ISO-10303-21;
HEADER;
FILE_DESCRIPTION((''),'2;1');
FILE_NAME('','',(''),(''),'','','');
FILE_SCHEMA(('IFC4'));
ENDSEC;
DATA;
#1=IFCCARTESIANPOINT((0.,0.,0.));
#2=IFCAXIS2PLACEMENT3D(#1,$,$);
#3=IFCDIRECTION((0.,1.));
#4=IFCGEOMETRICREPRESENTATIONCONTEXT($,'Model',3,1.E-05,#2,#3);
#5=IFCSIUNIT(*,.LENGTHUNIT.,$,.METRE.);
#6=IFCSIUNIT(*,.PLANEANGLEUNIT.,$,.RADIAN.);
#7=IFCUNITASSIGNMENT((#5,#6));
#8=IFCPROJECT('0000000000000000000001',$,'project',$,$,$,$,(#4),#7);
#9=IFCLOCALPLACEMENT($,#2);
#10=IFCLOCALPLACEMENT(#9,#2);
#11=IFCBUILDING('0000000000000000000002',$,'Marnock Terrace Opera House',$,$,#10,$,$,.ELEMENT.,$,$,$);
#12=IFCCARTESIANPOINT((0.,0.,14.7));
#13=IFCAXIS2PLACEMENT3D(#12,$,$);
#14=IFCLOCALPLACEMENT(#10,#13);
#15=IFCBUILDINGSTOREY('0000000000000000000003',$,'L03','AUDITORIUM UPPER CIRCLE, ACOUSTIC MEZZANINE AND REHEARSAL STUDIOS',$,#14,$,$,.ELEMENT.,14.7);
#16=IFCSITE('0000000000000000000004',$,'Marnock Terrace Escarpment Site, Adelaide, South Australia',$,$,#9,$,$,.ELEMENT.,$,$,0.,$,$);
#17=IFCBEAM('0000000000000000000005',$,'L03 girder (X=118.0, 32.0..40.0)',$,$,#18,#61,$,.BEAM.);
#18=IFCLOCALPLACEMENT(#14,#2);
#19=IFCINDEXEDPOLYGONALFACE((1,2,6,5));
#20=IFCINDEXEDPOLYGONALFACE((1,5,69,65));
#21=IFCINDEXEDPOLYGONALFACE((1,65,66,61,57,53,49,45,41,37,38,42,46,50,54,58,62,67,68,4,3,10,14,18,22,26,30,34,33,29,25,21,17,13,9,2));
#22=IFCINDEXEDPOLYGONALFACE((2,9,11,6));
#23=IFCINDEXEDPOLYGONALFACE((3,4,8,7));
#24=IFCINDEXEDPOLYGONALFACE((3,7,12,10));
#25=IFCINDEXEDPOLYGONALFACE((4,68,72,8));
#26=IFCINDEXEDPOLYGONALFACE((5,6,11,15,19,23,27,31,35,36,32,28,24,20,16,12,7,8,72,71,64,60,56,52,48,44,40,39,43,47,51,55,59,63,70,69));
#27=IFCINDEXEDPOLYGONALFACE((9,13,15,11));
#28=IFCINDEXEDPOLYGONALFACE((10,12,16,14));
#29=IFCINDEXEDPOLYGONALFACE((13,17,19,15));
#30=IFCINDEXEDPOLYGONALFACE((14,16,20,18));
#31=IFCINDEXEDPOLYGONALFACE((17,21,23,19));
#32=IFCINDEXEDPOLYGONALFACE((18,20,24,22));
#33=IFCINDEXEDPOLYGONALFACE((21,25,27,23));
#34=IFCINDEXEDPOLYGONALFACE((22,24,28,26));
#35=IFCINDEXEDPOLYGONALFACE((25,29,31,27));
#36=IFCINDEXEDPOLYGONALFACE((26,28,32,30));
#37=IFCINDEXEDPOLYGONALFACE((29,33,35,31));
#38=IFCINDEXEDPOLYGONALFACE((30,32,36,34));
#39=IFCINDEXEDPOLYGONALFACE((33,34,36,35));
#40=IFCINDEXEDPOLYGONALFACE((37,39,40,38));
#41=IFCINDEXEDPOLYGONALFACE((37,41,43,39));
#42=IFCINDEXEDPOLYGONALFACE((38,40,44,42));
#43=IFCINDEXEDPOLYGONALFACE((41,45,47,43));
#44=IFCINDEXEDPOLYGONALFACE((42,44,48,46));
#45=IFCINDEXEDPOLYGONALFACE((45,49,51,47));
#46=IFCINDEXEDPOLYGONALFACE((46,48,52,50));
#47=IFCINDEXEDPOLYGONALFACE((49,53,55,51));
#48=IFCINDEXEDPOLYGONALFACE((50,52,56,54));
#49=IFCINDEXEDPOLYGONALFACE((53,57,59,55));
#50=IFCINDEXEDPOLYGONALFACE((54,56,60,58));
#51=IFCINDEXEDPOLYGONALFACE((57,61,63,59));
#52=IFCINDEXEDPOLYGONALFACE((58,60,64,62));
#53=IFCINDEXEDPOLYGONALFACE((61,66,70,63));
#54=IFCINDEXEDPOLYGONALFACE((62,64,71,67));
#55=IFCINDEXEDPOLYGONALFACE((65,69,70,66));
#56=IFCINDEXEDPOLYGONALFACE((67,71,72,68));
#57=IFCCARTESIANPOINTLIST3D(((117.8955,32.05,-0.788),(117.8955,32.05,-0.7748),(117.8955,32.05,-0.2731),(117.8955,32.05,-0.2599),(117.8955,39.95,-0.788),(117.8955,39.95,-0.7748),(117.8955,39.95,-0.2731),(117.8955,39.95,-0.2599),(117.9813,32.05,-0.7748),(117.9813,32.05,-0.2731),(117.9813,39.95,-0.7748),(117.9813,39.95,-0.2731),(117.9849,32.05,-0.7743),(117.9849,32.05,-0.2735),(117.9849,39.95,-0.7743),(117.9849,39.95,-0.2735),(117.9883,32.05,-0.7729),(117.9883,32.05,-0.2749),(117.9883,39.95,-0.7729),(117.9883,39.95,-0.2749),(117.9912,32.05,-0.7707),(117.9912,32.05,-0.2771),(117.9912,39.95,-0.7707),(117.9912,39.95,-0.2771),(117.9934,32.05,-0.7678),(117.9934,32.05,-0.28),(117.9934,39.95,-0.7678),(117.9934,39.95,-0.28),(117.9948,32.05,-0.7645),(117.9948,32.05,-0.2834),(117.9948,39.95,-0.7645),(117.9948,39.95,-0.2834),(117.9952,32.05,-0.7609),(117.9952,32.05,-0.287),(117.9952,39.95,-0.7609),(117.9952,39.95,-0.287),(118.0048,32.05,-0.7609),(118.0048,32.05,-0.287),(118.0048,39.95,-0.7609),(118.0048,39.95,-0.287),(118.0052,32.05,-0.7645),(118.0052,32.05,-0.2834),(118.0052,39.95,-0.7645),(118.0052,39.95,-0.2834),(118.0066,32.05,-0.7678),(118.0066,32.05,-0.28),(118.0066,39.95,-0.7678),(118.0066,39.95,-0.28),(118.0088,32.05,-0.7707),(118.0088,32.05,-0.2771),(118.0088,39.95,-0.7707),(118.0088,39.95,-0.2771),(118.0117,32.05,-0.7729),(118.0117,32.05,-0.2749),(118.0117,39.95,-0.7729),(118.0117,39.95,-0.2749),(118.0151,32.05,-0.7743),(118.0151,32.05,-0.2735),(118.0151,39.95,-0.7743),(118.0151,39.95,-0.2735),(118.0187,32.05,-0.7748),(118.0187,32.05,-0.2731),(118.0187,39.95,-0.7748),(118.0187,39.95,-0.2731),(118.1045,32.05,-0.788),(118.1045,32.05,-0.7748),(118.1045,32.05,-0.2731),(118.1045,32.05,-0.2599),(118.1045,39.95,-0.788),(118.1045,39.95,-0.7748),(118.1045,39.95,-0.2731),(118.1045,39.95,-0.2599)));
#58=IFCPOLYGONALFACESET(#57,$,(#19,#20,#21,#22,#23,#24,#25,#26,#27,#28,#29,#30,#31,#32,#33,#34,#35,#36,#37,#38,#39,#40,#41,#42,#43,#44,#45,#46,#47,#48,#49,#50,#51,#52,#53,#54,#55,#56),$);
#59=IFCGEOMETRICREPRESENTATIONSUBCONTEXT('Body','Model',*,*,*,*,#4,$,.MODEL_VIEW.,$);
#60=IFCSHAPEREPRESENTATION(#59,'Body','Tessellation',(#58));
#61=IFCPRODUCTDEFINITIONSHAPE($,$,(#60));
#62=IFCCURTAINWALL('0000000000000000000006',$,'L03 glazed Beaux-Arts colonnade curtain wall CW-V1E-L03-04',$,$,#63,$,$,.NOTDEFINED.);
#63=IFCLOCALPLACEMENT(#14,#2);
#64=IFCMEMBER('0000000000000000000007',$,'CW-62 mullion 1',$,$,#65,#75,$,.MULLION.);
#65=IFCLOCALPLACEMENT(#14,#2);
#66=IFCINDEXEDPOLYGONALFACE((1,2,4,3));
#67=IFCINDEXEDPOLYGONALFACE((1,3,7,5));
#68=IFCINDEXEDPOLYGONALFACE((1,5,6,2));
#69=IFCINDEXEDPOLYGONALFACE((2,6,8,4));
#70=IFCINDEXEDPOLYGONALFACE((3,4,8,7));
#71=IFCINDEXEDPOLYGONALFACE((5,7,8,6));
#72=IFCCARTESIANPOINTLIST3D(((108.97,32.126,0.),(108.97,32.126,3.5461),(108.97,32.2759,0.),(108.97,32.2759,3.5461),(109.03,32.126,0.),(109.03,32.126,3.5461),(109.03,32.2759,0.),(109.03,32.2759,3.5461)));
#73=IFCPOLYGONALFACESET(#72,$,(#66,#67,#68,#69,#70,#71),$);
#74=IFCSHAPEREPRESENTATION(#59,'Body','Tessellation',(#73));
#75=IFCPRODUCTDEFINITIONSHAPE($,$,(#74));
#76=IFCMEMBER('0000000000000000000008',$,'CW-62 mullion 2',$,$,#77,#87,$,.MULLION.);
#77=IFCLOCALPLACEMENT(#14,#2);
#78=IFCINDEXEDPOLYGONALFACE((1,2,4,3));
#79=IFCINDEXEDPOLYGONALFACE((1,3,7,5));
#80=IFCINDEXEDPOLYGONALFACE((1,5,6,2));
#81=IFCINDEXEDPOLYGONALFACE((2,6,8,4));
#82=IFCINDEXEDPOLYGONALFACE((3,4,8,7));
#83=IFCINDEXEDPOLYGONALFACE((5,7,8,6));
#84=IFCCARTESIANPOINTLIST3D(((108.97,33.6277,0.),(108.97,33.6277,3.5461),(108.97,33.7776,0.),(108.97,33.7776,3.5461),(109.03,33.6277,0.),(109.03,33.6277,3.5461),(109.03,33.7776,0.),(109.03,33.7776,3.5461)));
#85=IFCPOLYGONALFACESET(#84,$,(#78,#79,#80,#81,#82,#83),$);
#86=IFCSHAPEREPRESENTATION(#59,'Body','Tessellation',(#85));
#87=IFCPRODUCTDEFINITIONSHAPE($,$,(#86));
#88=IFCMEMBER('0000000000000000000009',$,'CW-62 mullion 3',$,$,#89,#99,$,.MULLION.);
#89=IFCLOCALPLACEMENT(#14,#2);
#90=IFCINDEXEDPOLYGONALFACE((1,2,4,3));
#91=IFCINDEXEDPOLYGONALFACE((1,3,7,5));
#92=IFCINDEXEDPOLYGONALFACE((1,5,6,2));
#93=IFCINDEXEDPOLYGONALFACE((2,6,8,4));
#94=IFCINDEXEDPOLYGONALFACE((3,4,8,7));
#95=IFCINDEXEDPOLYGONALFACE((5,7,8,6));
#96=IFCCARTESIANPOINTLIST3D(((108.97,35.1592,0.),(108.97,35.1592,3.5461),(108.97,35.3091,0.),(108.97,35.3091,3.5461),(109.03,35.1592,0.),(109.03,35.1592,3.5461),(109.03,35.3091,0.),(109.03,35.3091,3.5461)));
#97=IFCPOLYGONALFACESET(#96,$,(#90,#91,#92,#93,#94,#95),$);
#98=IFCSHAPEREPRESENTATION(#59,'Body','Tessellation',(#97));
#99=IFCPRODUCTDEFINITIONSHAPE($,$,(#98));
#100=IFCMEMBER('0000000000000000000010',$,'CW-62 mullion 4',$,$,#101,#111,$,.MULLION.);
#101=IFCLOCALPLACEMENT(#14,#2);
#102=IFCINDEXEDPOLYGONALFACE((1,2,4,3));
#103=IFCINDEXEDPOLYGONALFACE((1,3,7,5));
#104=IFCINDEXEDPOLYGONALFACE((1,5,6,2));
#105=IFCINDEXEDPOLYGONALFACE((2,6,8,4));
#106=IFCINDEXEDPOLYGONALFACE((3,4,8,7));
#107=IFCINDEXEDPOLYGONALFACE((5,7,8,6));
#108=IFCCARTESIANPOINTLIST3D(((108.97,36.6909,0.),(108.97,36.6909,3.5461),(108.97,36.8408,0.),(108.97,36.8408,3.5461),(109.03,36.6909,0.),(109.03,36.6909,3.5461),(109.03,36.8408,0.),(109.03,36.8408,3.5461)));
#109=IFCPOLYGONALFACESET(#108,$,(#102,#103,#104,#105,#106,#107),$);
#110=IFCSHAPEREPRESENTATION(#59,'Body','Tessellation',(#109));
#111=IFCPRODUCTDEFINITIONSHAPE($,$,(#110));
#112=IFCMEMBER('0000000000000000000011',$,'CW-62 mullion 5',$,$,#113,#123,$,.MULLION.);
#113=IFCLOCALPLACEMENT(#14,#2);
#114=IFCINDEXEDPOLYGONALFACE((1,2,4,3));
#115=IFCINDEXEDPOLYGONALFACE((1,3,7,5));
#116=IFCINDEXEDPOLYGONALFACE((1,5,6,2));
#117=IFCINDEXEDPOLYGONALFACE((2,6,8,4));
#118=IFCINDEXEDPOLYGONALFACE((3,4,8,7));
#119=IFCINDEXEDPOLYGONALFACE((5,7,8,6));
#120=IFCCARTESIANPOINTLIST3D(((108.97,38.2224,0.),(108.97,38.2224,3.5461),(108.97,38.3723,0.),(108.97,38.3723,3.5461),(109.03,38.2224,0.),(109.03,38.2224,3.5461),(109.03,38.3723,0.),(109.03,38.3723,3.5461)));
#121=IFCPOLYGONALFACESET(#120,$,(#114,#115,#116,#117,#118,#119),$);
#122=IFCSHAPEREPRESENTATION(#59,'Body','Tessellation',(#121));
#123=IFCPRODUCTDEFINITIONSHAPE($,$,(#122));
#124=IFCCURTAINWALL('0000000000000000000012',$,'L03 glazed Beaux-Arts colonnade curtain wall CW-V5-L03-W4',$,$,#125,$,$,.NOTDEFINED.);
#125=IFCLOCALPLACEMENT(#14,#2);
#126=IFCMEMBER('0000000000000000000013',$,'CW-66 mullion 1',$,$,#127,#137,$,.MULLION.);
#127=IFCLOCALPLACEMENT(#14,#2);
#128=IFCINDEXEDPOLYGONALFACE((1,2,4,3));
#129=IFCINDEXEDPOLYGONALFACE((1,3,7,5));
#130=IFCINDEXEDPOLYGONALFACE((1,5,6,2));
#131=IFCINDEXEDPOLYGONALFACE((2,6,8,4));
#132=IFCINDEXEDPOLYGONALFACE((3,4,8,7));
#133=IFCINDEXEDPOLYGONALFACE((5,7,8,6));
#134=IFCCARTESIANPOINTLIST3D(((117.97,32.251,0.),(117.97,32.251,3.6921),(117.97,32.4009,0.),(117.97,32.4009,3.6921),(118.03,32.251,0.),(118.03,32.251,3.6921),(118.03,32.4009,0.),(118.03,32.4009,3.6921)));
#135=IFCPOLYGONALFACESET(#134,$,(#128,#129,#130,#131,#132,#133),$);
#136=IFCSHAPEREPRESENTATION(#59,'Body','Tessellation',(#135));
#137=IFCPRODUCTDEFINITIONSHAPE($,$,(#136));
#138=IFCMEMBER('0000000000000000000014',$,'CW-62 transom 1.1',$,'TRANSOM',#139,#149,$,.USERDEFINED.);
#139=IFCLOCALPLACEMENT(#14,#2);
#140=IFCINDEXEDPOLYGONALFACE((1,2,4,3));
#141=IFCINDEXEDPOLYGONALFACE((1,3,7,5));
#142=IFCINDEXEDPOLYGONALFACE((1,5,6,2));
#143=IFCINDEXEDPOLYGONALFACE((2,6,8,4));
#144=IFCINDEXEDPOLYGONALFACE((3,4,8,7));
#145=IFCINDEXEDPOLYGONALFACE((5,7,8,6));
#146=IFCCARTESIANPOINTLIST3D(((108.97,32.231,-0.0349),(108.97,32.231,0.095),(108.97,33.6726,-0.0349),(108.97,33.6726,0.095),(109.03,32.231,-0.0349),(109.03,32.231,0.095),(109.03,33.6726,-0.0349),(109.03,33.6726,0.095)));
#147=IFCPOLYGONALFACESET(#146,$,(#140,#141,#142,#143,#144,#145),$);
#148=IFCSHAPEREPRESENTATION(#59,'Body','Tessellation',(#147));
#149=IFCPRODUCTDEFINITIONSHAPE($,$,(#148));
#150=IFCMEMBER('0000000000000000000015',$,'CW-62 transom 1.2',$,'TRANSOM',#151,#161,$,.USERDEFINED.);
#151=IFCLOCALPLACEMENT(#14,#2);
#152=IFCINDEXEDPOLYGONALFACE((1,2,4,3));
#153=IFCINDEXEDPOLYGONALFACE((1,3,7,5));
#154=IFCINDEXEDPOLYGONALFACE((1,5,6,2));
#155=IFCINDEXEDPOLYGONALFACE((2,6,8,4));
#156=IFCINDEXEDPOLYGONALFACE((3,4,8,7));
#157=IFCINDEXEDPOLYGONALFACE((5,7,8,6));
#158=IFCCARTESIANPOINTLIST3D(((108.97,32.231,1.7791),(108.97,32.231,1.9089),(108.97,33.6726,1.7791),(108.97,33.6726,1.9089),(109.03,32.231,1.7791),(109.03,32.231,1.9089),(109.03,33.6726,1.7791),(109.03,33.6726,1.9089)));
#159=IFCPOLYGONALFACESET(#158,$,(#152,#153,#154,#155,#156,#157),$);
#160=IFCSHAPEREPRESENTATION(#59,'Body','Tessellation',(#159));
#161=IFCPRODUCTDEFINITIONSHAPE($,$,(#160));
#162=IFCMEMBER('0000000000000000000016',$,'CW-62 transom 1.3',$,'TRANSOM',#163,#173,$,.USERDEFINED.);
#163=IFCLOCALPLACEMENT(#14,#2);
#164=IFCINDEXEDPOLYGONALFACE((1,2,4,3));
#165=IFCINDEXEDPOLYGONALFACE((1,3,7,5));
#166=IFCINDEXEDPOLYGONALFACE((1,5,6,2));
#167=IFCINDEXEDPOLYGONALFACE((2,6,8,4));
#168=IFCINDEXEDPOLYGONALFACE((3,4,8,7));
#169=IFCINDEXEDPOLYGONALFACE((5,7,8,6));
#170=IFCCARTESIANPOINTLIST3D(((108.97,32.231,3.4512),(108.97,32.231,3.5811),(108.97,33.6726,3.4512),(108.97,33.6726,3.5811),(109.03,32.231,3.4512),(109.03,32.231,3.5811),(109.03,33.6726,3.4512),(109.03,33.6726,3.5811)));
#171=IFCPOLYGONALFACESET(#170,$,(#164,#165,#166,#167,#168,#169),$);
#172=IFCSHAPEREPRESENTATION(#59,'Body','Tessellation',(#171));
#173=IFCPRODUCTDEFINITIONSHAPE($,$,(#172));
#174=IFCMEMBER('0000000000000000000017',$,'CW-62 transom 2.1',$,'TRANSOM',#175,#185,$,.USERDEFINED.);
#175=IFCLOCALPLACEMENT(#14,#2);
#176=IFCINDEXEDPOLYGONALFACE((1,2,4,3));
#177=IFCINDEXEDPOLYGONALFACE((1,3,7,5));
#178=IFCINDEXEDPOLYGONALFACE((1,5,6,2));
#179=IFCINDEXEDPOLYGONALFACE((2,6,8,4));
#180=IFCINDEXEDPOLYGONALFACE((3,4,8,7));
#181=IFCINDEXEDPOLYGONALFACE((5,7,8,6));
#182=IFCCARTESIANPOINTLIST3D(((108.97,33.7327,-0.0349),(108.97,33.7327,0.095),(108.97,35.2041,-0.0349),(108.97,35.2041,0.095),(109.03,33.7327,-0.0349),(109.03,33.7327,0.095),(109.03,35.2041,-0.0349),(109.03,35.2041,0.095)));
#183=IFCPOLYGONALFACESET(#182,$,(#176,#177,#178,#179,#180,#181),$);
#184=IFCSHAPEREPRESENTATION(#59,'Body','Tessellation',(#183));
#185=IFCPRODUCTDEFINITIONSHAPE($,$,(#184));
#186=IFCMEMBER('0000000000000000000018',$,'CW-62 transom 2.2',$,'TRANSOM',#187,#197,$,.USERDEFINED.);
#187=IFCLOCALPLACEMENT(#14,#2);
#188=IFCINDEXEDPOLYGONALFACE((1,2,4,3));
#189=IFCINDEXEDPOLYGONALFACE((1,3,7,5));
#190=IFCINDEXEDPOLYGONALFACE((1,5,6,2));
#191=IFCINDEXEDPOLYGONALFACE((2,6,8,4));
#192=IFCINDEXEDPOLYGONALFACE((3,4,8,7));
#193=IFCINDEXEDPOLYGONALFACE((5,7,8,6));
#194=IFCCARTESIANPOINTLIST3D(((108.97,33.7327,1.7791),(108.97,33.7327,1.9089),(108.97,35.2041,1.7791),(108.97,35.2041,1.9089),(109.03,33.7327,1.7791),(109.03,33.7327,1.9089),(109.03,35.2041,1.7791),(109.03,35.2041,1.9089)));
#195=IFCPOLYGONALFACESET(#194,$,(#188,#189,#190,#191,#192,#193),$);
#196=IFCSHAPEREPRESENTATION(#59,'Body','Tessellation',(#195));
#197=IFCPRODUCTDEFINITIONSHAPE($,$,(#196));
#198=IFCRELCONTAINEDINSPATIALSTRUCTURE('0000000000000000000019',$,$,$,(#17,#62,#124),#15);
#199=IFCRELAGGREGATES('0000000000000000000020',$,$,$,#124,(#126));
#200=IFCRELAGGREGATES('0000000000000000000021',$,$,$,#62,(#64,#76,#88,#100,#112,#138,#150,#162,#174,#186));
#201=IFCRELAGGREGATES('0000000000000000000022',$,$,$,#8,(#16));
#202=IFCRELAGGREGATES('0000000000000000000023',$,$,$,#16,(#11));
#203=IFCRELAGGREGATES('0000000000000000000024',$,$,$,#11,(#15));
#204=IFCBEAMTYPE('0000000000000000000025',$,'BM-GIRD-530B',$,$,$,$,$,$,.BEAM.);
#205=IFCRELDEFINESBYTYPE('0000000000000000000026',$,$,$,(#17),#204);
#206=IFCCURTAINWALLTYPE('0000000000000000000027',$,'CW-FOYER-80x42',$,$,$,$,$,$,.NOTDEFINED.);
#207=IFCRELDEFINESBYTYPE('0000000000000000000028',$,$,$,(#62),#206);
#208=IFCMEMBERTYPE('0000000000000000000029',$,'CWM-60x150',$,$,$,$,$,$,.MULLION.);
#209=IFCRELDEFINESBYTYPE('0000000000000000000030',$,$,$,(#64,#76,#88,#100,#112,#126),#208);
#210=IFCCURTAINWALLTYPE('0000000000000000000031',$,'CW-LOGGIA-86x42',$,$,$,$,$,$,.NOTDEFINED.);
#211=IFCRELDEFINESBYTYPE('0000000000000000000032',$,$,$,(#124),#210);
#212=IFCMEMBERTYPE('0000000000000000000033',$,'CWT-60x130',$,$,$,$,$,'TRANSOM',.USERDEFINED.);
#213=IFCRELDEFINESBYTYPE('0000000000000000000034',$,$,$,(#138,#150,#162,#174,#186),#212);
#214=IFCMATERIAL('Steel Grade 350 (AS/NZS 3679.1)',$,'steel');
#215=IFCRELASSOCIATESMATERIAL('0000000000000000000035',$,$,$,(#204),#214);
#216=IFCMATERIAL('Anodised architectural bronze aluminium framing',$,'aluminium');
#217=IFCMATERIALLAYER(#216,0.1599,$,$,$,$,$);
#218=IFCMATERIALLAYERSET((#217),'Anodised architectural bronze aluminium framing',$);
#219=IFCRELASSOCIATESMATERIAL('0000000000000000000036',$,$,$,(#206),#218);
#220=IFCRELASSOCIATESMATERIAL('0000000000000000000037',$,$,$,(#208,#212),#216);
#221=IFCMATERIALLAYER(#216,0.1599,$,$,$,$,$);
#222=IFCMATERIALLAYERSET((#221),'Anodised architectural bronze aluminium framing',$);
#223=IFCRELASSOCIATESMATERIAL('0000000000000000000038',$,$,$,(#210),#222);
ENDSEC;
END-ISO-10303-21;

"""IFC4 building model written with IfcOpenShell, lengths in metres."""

from ifc_helpers import new_model, si_unit, direction, frame, origin, origin_2d, place, context, subcontext, project, spatial, rectangle, i_section, extrude, material, layer, layer_set, material_profile, profile_set, type_object, element, aggregate, save


model = new_model("IFC4")

# Units and contexts
model_context = context("Model", 3, precision=1e-05, world=origin(), true_north=direction((0.0, 1.0)))
body_context = subcontext(model_context, "Body", "Model", "MODEL_VIEW")
ifc_project = project(units=[si_unit("LENGTHUNIT", "METRE"), si_unit("PLANEANGLEUNIT", "RADIAN")], contexts=[model_context])

# Site, building, storey
site_placement = place(None, origin())
site = spatial("IfcSite", under=ifc_project, at=site_placement, Name="Marnock Terrace Escarpment Site, Adelaide, South Australia", CompositionType="ELEMENT", RefElevation=0.0)
building_placement = place(site_placement, origin())
building = spatial("IfcBuilding", under=site, at=building_placement, Name="Marnock Terrace Opera House", CompositionType="ELEMENT")
storey_placement = place(building_placement, frame((0.0, 0.0, 14.7)))
storey = spatial("IfcBuildingStorey", under=building, at=storey_placement, Name="L03", Description="AUDITORIUM UPPER CIRCLE, ACOUSTIC MEZZANINE AND REHEARSAL STUDIOS", CompositionType="ELEMENT", Elevation=14.7)

# Beam
ifc_material_1 = material(Name="Steel Grade 350 (AS/NZS 3679.1)", Category="steel")
ifc_material_profile_1 = material_profile(ifc_material_1, i_section(OverallWidth=0.209, OverallDepth=0.5281, WebThickness=0.0095, FlangeThickness=0.0132, FilletRadius=0.0139, at=origin_2d()))
ifc_profile_set_1 = profile_set([ifc_material_profile_1], Name="Steel Grade 350 (AS/NZS 3679.1)")
beam_type = type_object("IfcBeamType", Name="BM-GIRD-530B", PredefinedType="BEAM", material=ifc_profile_set_1)
beam_placement = place(storey_placement, frame((118.0, 32.05, -0.5239), z_axis=(0.0, 1.0, 0.0), x_axis=(-1.0, 0.0, 0.0)))
element("IfcBeam", 1, at=beam_placement, inside=storey, type_object=beam_type, Name="L03 girder (X=118.0, 32.0..40.0)", PredefinedType="BEAM", context=body_context, shape_type="SweptSolid", body=[
    extrude(i_section(OverallWidth=0.209, OverallDepth=0.5281, WebThickness=0.0095, FlangeThickness=0.0132, FilletRadius=0.0139, at=origin_2d()), origin(), (0.0, 0.0, 1.0), 7.8999),
])

# Curtain wall, members
ifc_material_2 = material(Name="Anodised architectural bronze aluminium framing", Category="aluminium")
ifc_layer_1 = layer(ifc_material_2, 0.1599)
ifc_layer_set_1 = layer_set([ifc_layer_1], Name="Anodised architectural bronze aluminium framing")
curtain_wall_type_1 = type_object("IfcCurtainWallType", Name="CW-FOYER-80x42", PredefinedType="NOTDEFINED", material=ifc_layer_set_1)
curtain_wall_1_placement = place(storey_placement, origin())
curtain_wall_1 = element("IfcCurtainWall", 2, at=curtain_wall_1_placement, inside=storey, type_object=curtain_wall_type_1, Name="L03 glazed Beaux-Arts colonnade curtain wall CW-V1E-L03-04", PredefinedType="NOTDEFINED")
ifc_material_profile_2 = material_profile(ifc_material_2, rectangle(XDim=0.0601, YDim=0.1499, at=origin_2d()))
ifc_profile_set_2 = profile_set([ifc_material_profile_2], Name="Anodised architectural bronze aluminium framing")
member_type_1 = type_object("IfcMemberType", Name="CWM-60x150", PredefinedType="MULLION", material=ifc_profile_set_2)
member_1_placement = place(storey_placement, frame((109.0, 32.2009, 0.0), z_axis=(0.0, 0.0, 1.0), x_axis=(-1.0, 0.0, 0.0)))
member_1 = element("IfcMember", 3, at=member_1_placement, type_object=member_type_1, Name="CW-62 mullion 1", PredefinedType="MULLION", context=body_context, shape_type="SweptSolid", body=[
    extrude(rectangle(XDim=0.0601, YDim=0.1499, at=origin_2d()), origin(), (0.0, 0.0, 1.0), 3.5461),
])
member_2_placement = place(storey_placement, frame((109.0, 33.7026, 0.0), z_axis=(0.0, 0.0, 1.0), x_axis=(-1.0, 0.0, 0.0)))
member_2 = element("IfcMember", 4, at=member_2_placement, type_object=member_type_1, Name="CW-62 mullion 2", PredefinedType="MULLION", context=body_context, shape_type="SweptSolid", body=[
    extrude(rectangle(XDim=0.0601, YDim=0.1499, at=origin_2d()), origin(), (0.0, 0.0, 1.0), 3.5461),
])
member_3_placement = place(storey_placement, frame((109.0, 35.2341, 0.0), z_axis=(0.0, 0.0, 1.0), x_axis=(-1.0, 0.0, 0.0)))
member_3 = element("IfcMember", 5, at=member_3_placement, type_object=member_type_1, Name="CW-62 mullion 3", PredefinedType="MULLION", context=body_context, shape_type="SweptSolid", body=[
    extrude(rectangle(XDim=0.0601, YDim=0.1499, at=origin_2d()), origin(), (0.0, 0.0, 1.0), 3.5461),
])
member_4_placement = place(storey_placement, frame((109.0, 36.7659, 0.0), z_axis=(0.0, 0.0, 1.0), x_axis=(-1.0, 0.0, 0.0)))
member_4 = element("IfcMember", 6, at=member_4_placement, type_object=member_type_1, Name="CW-62 mullion 4", PredefinedType="MULLION", context=body_context, shape_type="SweptSolid", body=[
    extrude(rectangle(XDim=0.0601, YDim=0.1499, at=origin_2d()), origin(), (0.0, 0.0, 1.0), 3.5461),
])
member_5_placement = place(storey_placement, frame((109.0, 38.2974, 0.0), z_axis=(0.0, 0.0, 1.0), x_axis=(-1.0, 0.0, 0.0)))
member_5 = element("IfcMember", 7, at=member_5_placement, type_object=member_type_1, Name="CW-62 mullion 5", PredefinedType="MULLION", context=body_context, shape_type="SweptSolid", body=[
    extrude(rectangle(XDim=0.0601, YDim=0.1499, at=origin_2d()), origin(), (0.0, 0.0, 1.0), 3.5461),
])

# Curtain wall, member
ifc_layer_2 = layer(ifc_material_2, 0.1599)
ifc_layer_set_2 = layer_set([ifc_layer_2], Name="Anodised architectural bronze aluminium framing")
curtain_wall_type_2 = type_object("IfcCurtainWallType", Name="CW-LOGGIA-86x42", PredefinedType="NOTDEFINED", material=ifc_layer_set_2)
curtain_wall_2_placement = place(storey_placement, origin())
curtain_wall_2 = element("IfcCurtainWall", 8, at=curtain_wall_2_placement, inside=storey, type_object=curtain_wall_type_2, Name="L03 glazed Beaux-Arts colonnade curtain wall CW-V5-L03-W4", PredefinedType="NOTDEFINED")
member_6_placement = place(storey_placement, frame((118.0, 32.3259, 0.0), z_axis=(0.0, 0.0, 1.0), x_axis=(-1.0, 0.0, 0.0)))
member_6 = element("IfcMember", 9, at=member_6_placement, type_object=member_type_1, Name="CW-66 mullion 1", PredefinedType="MULLION", context=body_context, shape_type="SweptSolid", body=[
    extrude(rectangle(XDim=0.0601, YDim=0.1499, at=origin_2d()), origin(), (0.0, 0.0, 1.0), 3.6921),
])

# Members
ifc_material_profile_3 = material_profile(ifc_material_2, rectangle(XDim=0.0601, YDim=0.1299, at=origin_2d()))
ifc_profile_set_3 = profile_set([ifc_material_profile_3], Name="Anodised architectural bronze aluminium framing")
member_type_2 = type_object("IfcMemberType", Name="CWT-60x130", ElementType="TRANSOM", PredefinedType="USERDEFINED", material=ifc_profile_set_3)
member_7_placement = place(storey_placement, frame((109.0, 32.231, 0.03), z_axis=(0.0, 1.0, 0.0), x_axis=(-1.0, 0.0, 0.0)))
member_7 = element("IfcMember", 10, at=member_7_placement, type_object=member_type_2, Name="CW-62 transom 1.1", ObjectType="TRANSOM", PredefinedType="USERDEFINED", context=body_context, shape_type="SweptSolid", body=[
    extrude(rectangle(XDim=0.0601, YDim=0.1299, at=origin_2d()), origin(), (0.0, 0.0, 1.0), 1.4417),
])
member_8_placement = place(storey_placement, frame((109.0, 32.231, 1.844), z_axis=(0.0, 1.0, 0.0), x_axis=(-1.0, 0.0, 0.0)))
member_8 = element("IfcMember", 11, at=member_8_placement, type_object=member_type_2, Name="CW-62 transom 1.2", ObjectType="TRANSOM", PredefinedType="USERDEFINED", context=body_context, shape_type="SweptSolid", body=[
    extrude(rectangle(XDim=0.0601, YDim=0.1299, at=origin_2d()), origin(), (0.0, 0.0, 1.0), 1.4417),
])
member_9_placement = place(storey_placement, frame((109.0, 32.231, 3.5161), z_axis=(0.0, 1.0, 0.0), x_axis=(-1.0, 0.0, 0.0)))
member_9 = element("IfcMember", 12, at=member_9_placement, type_object=member_type_2, Name="CW-62 transom 1.3", ObjectType="TRANSOM", PredefinedType="USERDEFINED", context=body_context, shape_type="SweptSolid", body=[
    extrude(rectangle(XDim=0.0601, YDim=0.1299, at=origin_2d()), origin(), (0.0, 0.0, 1.0), 1.4417),
])
member_10_placement = place(storey_placement, frame((109.0, 33.7327, 0.03), z_axis=(0.0, 1.0, 0.0), x_axis=(-1.0, 0.0, 0.0)))
member_10 = element("IfcMember", 13, at=member_10_placement, type_object=member_type_2, Name="CW-62 transom 2.1", ObjectType="TRANSOM", PredefinedType="USERDEFINED", context=body_context, shape_type="SweptSolid", body=[
    extrude(rectangle(XDim=0.0601, YDim=0.1299, at=origin_2d()), origin(), (0.0, 0.0, 1.0), 1.4714),
])
member_11_placement = place(storey_placement, frame((109.0, 33.7327, 1.844), z_axis=(0.0, 1.0, 0.0), x_axis=(-1.0, 0.0, 0.0)))
member_11 = element("IfcMember", 14, at=member_11_placement, type_object=member_type_2, Name="CW-62 transom 2.2", ObjectType="TRANSOM", PredefinedType="USERDEFINED", context=body_context, shape_type="SweptSolid", body=[
    extrude(rectangle(XDim=0.0601, YDim=0.1299, at=origin_2d()), origin(), (0.0, 0.0, 1.0), 1.4714),
])
aggregate(curtain_wall_2, [member_6])

aggregate(curtain_wall_1, [member_1, member_2, member_3, member_4, member_5, member_7, member_8, member_9, member_10, member_11])

save(model, "model.ifc")
